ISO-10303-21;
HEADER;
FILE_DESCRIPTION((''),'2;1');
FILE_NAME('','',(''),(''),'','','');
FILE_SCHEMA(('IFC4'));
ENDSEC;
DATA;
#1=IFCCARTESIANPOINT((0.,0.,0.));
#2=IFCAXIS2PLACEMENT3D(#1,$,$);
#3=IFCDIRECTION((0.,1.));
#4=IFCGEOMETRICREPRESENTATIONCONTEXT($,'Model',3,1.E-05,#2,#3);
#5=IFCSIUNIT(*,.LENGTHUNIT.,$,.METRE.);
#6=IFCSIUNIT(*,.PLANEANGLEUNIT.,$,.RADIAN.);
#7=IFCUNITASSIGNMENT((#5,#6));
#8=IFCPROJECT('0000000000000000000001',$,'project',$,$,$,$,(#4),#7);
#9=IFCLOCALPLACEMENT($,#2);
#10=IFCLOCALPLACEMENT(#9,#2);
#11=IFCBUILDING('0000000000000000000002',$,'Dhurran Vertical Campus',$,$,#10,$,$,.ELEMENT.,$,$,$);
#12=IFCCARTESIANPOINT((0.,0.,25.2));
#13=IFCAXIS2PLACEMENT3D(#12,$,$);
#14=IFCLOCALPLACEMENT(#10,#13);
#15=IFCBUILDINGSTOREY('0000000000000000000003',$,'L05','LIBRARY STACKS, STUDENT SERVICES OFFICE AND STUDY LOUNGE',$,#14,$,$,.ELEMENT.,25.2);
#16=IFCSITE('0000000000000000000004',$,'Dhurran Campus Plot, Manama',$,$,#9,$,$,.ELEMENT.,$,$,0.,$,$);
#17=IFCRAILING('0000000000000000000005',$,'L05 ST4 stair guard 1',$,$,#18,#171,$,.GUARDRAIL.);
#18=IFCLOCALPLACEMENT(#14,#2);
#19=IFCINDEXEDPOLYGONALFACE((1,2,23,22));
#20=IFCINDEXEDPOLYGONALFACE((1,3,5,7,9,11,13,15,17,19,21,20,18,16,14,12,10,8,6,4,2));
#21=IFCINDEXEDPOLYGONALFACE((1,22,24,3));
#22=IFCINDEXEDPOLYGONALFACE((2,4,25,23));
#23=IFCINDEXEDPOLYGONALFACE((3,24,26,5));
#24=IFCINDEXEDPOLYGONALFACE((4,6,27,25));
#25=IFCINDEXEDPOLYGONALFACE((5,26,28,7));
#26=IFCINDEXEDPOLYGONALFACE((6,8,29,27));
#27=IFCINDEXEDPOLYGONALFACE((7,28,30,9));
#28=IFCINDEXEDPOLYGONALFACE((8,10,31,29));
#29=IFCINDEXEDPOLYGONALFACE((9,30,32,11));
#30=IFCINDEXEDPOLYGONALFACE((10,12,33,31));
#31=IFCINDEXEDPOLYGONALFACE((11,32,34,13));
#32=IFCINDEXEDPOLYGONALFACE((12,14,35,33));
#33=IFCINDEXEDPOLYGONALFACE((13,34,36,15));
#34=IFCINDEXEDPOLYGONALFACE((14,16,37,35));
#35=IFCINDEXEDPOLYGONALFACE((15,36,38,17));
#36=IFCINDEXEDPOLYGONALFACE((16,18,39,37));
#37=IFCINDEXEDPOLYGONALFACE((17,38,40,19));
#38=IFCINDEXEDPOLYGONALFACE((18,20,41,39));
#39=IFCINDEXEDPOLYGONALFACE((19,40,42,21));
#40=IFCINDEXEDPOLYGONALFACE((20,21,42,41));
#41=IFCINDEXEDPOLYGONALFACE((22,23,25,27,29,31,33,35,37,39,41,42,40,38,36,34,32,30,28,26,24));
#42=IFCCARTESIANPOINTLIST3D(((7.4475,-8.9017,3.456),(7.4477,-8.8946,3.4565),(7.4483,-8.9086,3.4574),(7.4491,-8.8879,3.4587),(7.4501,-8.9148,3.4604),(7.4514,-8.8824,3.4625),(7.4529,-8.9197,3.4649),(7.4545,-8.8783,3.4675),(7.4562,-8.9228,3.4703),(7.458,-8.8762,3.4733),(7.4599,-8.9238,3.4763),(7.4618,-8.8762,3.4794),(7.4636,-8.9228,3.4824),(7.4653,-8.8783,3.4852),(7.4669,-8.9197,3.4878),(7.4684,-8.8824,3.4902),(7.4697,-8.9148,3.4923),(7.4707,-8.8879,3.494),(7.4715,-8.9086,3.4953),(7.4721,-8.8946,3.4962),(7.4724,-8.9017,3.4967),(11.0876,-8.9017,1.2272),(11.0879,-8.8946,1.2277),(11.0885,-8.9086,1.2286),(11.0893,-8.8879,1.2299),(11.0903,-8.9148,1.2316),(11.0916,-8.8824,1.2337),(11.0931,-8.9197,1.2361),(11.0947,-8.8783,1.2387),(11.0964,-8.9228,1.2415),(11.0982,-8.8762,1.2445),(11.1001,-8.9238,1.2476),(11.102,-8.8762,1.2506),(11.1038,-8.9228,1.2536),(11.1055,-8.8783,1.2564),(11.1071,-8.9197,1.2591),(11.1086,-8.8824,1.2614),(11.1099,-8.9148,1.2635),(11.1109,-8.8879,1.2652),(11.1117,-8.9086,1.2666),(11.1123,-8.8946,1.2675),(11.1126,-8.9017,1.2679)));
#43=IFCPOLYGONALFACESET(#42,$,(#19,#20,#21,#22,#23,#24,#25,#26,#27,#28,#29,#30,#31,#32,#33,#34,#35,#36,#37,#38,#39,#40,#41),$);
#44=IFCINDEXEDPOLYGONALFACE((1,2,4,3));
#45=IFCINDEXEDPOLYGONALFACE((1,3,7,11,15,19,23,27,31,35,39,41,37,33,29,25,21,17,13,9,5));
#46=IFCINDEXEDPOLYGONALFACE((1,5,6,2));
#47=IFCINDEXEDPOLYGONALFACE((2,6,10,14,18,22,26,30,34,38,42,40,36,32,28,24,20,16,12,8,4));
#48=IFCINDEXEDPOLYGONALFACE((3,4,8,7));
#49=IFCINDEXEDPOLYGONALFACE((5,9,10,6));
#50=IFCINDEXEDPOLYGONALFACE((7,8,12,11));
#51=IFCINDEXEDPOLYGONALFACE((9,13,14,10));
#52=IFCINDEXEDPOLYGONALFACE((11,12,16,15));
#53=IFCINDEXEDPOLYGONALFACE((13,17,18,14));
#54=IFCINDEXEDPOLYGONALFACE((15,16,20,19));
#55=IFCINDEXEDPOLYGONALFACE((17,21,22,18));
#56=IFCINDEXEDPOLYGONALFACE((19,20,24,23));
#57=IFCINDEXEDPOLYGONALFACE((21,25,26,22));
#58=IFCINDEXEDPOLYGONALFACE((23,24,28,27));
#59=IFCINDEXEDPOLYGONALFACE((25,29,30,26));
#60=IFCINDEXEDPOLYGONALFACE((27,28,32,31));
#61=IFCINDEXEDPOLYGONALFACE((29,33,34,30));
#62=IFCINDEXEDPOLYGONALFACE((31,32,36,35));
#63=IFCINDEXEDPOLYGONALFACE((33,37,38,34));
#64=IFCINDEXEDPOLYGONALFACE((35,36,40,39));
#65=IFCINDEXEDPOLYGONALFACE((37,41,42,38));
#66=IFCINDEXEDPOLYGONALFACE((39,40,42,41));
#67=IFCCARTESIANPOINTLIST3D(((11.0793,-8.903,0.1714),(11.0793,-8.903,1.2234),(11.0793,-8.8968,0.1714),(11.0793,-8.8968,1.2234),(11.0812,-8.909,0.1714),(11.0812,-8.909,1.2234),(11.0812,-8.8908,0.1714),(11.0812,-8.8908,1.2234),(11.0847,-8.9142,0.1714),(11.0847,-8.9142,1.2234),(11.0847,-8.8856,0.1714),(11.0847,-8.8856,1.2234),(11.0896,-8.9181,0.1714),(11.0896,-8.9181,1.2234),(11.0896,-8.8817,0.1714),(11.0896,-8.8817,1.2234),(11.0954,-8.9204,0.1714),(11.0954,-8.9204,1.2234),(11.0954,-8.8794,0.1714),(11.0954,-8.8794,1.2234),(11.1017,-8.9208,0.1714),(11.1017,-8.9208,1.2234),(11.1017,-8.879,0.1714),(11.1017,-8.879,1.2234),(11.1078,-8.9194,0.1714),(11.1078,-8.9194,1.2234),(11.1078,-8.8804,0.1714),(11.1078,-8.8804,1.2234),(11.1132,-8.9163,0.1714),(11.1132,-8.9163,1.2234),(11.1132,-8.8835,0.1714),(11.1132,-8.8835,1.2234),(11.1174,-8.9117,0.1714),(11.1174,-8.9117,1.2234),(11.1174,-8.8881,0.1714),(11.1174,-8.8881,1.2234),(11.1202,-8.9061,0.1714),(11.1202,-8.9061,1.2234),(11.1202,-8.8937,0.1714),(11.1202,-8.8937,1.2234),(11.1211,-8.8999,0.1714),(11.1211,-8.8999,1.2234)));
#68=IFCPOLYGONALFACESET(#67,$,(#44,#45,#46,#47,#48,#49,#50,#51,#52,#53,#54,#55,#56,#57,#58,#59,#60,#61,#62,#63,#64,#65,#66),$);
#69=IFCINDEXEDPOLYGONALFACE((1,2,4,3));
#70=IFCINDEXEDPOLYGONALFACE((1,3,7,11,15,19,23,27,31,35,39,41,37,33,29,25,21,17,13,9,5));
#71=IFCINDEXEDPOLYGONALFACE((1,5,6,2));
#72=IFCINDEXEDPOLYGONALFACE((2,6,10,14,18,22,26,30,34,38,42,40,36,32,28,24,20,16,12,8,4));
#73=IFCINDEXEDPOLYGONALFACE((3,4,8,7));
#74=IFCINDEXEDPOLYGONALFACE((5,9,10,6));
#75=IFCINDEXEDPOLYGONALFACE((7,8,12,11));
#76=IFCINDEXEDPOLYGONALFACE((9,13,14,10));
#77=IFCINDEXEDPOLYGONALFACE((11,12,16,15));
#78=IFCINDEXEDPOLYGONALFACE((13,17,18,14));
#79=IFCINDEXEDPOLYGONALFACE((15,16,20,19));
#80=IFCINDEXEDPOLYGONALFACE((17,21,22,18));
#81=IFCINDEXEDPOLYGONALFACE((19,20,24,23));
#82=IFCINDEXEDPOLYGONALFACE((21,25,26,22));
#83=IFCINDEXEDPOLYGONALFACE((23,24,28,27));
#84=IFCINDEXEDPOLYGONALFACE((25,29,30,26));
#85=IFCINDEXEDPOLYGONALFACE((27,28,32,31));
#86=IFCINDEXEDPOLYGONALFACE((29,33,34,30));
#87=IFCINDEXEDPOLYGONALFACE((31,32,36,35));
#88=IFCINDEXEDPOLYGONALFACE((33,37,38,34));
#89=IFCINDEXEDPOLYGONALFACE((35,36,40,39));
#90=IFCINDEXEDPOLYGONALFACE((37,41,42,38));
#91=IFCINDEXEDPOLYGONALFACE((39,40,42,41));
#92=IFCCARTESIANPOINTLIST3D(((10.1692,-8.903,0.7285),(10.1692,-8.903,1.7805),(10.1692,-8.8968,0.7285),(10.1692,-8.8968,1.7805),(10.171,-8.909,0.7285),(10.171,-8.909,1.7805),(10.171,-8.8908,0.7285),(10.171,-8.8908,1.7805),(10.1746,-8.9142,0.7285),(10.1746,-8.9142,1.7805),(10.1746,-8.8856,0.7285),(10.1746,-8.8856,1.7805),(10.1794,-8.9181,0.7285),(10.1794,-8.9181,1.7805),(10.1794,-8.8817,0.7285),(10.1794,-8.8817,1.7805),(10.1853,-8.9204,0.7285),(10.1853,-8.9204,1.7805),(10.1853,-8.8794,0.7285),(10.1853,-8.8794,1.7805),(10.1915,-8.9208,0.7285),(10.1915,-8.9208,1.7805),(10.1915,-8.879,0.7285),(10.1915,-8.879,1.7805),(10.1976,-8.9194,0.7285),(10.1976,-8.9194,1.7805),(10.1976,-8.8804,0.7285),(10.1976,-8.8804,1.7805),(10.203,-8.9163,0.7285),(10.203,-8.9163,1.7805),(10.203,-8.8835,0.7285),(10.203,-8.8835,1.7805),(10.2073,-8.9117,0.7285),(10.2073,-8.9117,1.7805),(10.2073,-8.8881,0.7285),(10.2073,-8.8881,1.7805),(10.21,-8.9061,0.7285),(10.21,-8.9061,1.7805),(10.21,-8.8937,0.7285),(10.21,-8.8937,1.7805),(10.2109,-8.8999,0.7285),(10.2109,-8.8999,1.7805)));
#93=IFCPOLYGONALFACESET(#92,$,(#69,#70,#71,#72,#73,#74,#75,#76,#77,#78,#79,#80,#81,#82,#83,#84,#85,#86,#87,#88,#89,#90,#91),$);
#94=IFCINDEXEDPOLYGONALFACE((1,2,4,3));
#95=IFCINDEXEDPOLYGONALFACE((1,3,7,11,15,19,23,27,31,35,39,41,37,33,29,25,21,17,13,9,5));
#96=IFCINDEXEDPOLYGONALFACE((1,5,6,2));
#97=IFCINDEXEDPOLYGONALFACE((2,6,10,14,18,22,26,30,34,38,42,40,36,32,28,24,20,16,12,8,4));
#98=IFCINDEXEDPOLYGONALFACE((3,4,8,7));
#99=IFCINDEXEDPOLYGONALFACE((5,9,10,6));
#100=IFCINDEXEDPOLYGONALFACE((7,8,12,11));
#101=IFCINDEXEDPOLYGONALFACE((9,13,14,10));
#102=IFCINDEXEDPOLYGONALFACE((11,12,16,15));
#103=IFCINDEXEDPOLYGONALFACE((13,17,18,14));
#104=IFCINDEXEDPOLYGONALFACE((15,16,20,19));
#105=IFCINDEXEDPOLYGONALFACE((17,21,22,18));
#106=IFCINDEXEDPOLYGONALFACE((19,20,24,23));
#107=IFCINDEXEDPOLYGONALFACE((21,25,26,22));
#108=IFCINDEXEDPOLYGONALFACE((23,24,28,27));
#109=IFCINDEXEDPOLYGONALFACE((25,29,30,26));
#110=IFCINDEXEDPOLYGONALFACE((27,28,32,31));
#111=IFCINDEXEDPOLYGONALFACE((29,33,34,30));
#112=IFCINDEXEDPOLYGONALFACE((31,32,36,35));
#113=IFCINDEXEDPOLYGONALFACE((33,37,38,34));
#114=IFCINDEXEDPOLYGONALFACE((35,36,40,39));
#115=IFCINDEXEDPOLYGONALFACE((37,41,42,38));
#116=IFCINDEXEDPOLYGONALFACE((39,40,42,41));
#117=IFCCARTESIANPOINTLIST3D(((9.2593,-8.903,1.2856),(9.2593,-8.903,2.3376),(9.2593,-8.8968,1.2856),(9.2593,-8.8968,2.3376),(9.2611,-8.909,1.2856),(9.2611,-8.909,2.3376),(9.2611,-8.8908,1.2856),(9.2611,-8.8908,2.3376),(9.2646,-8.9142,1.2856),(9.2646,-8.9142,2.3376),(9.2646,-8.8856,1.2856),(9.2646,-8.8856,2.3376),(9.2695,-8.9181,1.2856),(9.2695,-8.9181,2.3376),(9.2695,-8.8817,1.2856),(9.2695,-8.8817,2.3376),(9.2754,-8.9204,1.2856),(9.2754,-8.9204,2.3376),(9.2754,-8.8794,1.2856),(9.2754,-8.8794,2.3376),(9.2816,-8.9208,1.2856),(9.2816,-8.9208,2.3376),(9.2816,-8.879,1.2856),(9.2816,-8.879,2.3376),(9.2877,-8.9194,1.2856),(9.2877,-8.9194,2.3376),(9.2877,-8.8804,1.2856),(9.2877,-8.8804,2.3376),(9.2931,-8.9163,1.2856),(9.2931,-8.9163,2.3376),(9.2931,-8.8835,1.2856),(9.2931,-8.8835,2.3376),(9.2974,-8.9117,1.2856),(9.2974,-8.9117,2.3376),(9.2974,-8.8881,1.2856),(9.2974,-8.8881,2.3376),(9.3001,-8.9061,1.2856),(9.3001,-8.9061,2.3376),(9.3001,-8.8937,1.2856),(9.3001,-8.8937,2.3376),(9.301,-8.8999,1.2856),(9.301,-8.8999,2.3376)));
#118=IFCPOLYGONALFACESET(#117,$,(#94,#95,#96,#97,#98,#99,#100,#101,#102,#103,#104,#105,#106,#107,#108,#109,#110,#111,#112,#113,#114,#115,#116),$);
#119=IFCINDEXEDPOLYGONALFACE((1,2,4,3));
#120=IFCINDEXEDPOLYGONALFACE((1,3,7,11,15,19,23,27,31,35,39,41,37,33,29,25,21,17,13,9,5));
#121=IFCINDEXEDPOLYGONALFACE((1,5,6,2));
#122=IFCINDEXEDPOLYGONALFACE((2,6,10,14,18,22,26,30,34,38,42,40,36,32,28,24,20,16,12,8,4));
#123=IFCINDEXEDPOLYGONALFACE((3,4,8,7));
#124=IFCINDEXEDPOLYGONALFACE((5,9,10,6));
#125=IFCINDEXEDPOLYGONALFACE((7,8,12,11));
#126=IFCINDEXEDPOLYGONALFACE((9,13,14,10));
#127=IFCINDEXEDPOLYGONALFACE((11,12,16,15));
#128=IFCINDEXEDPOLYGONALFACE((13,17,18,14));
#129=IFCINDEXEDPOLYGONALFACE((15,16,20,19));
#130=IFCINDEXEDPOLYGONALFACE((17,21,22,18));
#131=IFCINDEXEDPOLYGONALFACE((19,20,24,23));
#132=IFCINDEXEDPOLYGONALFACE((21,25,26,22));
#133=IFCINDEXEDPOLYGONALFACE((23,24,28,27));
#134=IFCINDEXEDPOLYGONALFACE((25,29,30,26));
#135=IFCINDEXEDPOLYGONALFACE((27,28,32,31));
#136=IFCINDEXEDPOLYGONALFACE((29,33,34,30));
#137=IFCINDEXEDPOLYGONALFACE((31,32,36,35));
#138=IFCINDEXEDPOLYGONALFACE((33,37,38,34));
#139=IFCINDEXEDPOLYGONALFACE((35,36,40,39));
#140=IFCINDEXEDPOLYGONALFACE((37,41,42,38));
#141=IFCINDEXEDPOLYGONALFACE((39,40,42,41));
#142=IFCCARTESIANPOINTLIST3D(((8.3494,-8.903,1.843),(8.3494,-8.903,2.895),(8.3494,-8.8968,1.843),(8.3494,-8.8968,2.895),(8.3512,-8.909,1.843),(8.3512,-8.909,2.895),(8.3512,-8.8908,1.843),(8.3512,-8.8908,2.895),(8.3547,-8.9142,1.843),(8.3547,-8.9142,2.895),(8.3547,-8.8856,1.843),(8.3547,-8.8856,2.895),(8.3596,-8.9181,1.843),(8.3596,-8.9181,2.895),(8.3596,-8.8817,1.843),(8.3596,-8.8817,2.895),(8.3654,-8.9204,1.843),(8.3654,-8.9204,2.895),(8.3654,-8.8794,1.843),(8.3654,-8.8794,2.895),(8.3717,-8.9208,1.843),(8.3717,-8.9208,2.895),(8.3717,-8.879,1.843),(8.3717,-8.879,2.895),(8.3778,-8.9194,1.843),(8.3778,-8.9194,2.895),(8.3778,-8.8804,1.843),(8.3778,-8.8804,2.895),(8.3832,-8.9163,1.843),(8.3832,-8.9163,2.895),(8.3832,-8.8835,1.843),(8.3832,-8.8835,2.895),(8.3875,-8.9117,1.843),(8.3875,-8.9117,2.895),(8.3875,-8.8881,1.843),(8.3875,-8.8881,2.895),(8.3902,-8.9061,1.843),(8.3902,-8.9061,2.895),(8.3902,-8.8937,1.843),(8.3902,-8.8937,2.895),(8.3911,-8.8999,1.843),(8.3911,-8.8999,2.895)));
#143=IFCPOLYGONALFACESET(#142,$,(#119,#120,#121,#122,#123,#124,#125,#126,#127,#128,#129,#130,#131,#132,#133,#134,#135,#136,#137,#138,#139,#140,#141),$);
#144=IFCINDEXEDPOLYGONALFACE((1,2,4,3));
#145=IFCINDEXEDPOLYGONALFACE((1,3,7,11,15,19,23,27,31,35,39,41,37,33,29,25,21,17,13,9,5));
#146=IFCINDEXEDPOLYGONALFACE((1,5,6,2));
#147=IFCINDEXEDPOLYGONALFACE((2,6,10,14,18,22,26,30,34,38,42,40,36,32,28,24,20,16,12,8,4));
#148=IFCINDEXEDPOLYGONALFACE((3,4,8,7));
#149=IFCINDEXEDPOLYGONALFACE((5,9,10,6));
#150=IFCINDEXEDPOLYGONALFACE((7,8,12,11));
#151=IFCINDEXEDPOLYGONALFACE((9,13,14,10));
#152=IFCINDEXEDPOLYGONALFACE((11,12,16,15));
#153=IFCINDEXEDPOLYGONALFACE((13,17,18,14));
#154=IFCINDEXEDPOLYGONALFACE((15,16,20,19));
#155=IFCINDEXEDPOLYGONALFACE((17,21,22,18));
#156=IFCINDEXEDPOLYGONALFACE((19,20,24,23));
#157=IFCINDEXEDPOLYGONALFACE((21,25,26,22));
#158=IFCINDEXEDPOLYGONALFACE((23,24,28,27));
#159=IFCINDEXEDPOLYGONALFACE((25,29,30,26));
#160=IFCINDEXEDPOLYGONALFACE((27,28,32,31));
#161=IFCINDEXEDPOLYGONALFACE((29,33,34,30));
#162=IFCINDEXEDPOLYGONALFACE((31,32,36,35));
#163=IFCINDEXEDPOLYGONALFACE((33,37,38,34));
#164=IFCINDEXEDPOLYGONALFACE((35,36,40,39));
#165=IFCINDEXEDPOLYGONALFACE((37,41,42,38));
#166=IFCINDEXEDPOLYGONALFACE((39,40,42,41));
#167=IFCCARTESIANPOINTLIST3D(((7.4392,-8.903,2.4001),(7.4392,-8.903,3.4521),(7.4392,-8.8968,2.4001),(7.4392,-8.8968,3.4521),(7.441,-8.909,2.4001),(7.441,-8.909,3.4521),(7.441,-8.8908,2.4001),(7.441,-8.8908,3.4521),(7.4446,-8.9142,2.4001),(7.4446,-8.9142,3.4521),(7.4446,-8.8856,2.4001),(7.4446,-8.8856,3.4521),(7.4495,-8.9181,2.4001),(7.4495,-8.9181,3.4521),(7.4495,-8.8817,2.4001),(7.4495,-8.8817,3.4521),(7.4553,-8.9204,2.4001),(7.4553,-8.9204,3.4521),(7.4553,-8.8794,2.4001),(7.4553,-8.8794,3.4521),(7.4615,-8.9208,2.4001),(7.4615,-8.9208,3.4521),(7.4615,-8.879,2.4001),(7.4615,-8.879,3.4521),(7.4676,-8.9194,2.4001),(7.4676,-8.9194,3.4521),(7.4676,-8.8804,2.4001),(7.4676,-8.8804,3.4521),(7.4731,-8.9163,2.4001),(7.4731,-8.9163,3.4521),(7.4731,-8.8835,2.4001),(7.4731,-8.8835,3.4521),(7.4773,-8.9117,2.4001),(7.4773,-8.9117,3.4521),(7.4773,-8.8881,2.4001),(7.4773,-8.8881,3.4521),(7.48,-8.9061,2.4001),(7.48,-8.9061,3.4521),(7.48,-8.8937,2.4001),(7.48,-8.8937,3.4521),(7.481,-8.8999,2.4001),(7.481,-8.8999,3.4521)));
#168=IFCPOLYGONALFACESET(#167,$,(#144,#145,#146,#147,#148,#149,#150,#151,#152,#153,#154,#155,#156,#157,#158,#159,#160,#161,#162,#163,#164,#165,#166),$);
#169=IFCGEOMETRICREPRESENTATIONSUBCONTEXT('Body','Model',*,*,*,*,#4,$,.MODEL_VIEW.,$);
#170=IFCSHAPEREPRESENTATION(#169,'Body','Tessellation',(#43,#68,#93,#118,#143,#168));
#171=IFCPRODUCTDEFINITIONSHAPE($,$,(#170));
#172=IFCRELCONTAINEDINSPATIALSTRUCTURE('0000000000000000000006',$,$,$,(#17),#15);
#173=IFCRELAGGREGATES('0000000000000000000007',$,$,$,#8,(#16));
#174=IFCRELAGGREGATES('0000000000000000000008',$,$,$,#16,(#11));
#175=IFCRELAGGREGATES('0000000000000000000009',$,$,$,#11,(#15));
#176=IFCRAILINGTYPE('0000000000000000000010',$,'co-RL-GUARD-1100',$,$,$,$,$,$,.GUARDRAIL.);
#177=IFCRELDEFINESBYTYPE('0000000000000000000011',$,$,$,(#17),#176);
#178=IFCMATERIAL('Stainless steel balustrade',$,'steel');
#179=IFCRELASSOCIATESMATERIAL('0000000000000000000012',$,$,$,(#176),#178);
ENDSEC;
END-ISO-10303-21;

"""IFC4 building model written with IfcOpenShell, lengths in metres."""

from ifc_helpers import new_model, si_unit, direction, frame, origin, origin_2d, place, context, subcontext, project, spatial, circle, extrude, material, type_object, element, save


model = new_model("IFC4")

# Units and contexts
model_context = context("Model", 3, precision=1e-05, world=origin(), true_north=direction((0.0, 1.0)))
body_context = subcontext(model_context, "Body", "Model", "MODEL_VIEW")
ifc_project = project(units=[si_unit("LENGTHUNIT", "METRE"), si_unit("PLANEANGLEUNIT", "RADIAN")], contexts=[model_context])

# Site, building, storey
site_placement = place(None, origin())
site = spatial("IfcSite", under=ifc_project, at=site_placement, Name="Dhurran Campus Plot, Manama", CompositionType="ELEMENT", RefElevation=0.0)
building_placement = place(site_placement, origin())
building = spatial("IfcBuilding", under=site, at=building_placement, Name="Dhurran Vertical Campus", CompositionType="ELEMENT")
storey_placement = place(building_placement, frame((0.0, 0.0, 25.2)))
storey = spatial("IfcBuildingStorey", under=building, at=storey_placement, Name="L05", Description="LIBRARY STACKS, STUDENT SERVICES OFFICE AND STUDY LOUNGE", CompositionType="ELEMENT", Elevation=25.2)

# Railing
ifc_material_1 = material(Name="Stainless steel balustrade", Category="steel")
railing_type_1 = type_object("IfcRailingType", Name="co-RL-GUARD-1100", PredefinedType="GUARDRAIL", material=ifc_material_1)
railing_1_placement = place(storey_placement, frame((11.1001, -8.8999, 0.1714)))
element("IfcRailing", 1, at=railing_1_placement, inside=storey, type_object=railing_type_1, Name="L05 ST4 stair guard 1", PredefinedType="GUARDRAIL", context=body_context, shape_type="SweptSolid", body=[
    extrude(circle(Radius=0.0239, at=origin_2d()), frame((0.0, 0.0, 1.0762), z_axis=(-0.85284, 0.0, 0.522172), x_axis=(0.0, -1.0, 0.0)), (0.0, 0.0, 1.0), 4.2683),
    extrude(circle(Radius=0.021, at=origin_2d()), origin(), (0.0, 0.0, 1.0), 1.052),
    extrude(circle(Radius=0.021, at=origin_2d()), frame((-0.9102, 0.0, 0.5571)), (0.0, 0.0, 1.0), 1.052),
    extrude(circle(Radius=0.021, at=origin_2d()), frame((-1.8201, 0.0, 1.1143)), (0.0, 0.0, 1.0), 1.052),
    extrude(circle(Radius=0.021, at=origin_2d()), frame((-2.73, 0.0, 1.6716)), (0.0, 0.0, 1.0), 1.052),
    extrude(circle(Radius=0.021, at=origin_2d()), frame((-3.6401, 0.0, 2.2288)), (0.0, 0.0, 1.0), 1.052),
])

save(model, "model.ifc")
